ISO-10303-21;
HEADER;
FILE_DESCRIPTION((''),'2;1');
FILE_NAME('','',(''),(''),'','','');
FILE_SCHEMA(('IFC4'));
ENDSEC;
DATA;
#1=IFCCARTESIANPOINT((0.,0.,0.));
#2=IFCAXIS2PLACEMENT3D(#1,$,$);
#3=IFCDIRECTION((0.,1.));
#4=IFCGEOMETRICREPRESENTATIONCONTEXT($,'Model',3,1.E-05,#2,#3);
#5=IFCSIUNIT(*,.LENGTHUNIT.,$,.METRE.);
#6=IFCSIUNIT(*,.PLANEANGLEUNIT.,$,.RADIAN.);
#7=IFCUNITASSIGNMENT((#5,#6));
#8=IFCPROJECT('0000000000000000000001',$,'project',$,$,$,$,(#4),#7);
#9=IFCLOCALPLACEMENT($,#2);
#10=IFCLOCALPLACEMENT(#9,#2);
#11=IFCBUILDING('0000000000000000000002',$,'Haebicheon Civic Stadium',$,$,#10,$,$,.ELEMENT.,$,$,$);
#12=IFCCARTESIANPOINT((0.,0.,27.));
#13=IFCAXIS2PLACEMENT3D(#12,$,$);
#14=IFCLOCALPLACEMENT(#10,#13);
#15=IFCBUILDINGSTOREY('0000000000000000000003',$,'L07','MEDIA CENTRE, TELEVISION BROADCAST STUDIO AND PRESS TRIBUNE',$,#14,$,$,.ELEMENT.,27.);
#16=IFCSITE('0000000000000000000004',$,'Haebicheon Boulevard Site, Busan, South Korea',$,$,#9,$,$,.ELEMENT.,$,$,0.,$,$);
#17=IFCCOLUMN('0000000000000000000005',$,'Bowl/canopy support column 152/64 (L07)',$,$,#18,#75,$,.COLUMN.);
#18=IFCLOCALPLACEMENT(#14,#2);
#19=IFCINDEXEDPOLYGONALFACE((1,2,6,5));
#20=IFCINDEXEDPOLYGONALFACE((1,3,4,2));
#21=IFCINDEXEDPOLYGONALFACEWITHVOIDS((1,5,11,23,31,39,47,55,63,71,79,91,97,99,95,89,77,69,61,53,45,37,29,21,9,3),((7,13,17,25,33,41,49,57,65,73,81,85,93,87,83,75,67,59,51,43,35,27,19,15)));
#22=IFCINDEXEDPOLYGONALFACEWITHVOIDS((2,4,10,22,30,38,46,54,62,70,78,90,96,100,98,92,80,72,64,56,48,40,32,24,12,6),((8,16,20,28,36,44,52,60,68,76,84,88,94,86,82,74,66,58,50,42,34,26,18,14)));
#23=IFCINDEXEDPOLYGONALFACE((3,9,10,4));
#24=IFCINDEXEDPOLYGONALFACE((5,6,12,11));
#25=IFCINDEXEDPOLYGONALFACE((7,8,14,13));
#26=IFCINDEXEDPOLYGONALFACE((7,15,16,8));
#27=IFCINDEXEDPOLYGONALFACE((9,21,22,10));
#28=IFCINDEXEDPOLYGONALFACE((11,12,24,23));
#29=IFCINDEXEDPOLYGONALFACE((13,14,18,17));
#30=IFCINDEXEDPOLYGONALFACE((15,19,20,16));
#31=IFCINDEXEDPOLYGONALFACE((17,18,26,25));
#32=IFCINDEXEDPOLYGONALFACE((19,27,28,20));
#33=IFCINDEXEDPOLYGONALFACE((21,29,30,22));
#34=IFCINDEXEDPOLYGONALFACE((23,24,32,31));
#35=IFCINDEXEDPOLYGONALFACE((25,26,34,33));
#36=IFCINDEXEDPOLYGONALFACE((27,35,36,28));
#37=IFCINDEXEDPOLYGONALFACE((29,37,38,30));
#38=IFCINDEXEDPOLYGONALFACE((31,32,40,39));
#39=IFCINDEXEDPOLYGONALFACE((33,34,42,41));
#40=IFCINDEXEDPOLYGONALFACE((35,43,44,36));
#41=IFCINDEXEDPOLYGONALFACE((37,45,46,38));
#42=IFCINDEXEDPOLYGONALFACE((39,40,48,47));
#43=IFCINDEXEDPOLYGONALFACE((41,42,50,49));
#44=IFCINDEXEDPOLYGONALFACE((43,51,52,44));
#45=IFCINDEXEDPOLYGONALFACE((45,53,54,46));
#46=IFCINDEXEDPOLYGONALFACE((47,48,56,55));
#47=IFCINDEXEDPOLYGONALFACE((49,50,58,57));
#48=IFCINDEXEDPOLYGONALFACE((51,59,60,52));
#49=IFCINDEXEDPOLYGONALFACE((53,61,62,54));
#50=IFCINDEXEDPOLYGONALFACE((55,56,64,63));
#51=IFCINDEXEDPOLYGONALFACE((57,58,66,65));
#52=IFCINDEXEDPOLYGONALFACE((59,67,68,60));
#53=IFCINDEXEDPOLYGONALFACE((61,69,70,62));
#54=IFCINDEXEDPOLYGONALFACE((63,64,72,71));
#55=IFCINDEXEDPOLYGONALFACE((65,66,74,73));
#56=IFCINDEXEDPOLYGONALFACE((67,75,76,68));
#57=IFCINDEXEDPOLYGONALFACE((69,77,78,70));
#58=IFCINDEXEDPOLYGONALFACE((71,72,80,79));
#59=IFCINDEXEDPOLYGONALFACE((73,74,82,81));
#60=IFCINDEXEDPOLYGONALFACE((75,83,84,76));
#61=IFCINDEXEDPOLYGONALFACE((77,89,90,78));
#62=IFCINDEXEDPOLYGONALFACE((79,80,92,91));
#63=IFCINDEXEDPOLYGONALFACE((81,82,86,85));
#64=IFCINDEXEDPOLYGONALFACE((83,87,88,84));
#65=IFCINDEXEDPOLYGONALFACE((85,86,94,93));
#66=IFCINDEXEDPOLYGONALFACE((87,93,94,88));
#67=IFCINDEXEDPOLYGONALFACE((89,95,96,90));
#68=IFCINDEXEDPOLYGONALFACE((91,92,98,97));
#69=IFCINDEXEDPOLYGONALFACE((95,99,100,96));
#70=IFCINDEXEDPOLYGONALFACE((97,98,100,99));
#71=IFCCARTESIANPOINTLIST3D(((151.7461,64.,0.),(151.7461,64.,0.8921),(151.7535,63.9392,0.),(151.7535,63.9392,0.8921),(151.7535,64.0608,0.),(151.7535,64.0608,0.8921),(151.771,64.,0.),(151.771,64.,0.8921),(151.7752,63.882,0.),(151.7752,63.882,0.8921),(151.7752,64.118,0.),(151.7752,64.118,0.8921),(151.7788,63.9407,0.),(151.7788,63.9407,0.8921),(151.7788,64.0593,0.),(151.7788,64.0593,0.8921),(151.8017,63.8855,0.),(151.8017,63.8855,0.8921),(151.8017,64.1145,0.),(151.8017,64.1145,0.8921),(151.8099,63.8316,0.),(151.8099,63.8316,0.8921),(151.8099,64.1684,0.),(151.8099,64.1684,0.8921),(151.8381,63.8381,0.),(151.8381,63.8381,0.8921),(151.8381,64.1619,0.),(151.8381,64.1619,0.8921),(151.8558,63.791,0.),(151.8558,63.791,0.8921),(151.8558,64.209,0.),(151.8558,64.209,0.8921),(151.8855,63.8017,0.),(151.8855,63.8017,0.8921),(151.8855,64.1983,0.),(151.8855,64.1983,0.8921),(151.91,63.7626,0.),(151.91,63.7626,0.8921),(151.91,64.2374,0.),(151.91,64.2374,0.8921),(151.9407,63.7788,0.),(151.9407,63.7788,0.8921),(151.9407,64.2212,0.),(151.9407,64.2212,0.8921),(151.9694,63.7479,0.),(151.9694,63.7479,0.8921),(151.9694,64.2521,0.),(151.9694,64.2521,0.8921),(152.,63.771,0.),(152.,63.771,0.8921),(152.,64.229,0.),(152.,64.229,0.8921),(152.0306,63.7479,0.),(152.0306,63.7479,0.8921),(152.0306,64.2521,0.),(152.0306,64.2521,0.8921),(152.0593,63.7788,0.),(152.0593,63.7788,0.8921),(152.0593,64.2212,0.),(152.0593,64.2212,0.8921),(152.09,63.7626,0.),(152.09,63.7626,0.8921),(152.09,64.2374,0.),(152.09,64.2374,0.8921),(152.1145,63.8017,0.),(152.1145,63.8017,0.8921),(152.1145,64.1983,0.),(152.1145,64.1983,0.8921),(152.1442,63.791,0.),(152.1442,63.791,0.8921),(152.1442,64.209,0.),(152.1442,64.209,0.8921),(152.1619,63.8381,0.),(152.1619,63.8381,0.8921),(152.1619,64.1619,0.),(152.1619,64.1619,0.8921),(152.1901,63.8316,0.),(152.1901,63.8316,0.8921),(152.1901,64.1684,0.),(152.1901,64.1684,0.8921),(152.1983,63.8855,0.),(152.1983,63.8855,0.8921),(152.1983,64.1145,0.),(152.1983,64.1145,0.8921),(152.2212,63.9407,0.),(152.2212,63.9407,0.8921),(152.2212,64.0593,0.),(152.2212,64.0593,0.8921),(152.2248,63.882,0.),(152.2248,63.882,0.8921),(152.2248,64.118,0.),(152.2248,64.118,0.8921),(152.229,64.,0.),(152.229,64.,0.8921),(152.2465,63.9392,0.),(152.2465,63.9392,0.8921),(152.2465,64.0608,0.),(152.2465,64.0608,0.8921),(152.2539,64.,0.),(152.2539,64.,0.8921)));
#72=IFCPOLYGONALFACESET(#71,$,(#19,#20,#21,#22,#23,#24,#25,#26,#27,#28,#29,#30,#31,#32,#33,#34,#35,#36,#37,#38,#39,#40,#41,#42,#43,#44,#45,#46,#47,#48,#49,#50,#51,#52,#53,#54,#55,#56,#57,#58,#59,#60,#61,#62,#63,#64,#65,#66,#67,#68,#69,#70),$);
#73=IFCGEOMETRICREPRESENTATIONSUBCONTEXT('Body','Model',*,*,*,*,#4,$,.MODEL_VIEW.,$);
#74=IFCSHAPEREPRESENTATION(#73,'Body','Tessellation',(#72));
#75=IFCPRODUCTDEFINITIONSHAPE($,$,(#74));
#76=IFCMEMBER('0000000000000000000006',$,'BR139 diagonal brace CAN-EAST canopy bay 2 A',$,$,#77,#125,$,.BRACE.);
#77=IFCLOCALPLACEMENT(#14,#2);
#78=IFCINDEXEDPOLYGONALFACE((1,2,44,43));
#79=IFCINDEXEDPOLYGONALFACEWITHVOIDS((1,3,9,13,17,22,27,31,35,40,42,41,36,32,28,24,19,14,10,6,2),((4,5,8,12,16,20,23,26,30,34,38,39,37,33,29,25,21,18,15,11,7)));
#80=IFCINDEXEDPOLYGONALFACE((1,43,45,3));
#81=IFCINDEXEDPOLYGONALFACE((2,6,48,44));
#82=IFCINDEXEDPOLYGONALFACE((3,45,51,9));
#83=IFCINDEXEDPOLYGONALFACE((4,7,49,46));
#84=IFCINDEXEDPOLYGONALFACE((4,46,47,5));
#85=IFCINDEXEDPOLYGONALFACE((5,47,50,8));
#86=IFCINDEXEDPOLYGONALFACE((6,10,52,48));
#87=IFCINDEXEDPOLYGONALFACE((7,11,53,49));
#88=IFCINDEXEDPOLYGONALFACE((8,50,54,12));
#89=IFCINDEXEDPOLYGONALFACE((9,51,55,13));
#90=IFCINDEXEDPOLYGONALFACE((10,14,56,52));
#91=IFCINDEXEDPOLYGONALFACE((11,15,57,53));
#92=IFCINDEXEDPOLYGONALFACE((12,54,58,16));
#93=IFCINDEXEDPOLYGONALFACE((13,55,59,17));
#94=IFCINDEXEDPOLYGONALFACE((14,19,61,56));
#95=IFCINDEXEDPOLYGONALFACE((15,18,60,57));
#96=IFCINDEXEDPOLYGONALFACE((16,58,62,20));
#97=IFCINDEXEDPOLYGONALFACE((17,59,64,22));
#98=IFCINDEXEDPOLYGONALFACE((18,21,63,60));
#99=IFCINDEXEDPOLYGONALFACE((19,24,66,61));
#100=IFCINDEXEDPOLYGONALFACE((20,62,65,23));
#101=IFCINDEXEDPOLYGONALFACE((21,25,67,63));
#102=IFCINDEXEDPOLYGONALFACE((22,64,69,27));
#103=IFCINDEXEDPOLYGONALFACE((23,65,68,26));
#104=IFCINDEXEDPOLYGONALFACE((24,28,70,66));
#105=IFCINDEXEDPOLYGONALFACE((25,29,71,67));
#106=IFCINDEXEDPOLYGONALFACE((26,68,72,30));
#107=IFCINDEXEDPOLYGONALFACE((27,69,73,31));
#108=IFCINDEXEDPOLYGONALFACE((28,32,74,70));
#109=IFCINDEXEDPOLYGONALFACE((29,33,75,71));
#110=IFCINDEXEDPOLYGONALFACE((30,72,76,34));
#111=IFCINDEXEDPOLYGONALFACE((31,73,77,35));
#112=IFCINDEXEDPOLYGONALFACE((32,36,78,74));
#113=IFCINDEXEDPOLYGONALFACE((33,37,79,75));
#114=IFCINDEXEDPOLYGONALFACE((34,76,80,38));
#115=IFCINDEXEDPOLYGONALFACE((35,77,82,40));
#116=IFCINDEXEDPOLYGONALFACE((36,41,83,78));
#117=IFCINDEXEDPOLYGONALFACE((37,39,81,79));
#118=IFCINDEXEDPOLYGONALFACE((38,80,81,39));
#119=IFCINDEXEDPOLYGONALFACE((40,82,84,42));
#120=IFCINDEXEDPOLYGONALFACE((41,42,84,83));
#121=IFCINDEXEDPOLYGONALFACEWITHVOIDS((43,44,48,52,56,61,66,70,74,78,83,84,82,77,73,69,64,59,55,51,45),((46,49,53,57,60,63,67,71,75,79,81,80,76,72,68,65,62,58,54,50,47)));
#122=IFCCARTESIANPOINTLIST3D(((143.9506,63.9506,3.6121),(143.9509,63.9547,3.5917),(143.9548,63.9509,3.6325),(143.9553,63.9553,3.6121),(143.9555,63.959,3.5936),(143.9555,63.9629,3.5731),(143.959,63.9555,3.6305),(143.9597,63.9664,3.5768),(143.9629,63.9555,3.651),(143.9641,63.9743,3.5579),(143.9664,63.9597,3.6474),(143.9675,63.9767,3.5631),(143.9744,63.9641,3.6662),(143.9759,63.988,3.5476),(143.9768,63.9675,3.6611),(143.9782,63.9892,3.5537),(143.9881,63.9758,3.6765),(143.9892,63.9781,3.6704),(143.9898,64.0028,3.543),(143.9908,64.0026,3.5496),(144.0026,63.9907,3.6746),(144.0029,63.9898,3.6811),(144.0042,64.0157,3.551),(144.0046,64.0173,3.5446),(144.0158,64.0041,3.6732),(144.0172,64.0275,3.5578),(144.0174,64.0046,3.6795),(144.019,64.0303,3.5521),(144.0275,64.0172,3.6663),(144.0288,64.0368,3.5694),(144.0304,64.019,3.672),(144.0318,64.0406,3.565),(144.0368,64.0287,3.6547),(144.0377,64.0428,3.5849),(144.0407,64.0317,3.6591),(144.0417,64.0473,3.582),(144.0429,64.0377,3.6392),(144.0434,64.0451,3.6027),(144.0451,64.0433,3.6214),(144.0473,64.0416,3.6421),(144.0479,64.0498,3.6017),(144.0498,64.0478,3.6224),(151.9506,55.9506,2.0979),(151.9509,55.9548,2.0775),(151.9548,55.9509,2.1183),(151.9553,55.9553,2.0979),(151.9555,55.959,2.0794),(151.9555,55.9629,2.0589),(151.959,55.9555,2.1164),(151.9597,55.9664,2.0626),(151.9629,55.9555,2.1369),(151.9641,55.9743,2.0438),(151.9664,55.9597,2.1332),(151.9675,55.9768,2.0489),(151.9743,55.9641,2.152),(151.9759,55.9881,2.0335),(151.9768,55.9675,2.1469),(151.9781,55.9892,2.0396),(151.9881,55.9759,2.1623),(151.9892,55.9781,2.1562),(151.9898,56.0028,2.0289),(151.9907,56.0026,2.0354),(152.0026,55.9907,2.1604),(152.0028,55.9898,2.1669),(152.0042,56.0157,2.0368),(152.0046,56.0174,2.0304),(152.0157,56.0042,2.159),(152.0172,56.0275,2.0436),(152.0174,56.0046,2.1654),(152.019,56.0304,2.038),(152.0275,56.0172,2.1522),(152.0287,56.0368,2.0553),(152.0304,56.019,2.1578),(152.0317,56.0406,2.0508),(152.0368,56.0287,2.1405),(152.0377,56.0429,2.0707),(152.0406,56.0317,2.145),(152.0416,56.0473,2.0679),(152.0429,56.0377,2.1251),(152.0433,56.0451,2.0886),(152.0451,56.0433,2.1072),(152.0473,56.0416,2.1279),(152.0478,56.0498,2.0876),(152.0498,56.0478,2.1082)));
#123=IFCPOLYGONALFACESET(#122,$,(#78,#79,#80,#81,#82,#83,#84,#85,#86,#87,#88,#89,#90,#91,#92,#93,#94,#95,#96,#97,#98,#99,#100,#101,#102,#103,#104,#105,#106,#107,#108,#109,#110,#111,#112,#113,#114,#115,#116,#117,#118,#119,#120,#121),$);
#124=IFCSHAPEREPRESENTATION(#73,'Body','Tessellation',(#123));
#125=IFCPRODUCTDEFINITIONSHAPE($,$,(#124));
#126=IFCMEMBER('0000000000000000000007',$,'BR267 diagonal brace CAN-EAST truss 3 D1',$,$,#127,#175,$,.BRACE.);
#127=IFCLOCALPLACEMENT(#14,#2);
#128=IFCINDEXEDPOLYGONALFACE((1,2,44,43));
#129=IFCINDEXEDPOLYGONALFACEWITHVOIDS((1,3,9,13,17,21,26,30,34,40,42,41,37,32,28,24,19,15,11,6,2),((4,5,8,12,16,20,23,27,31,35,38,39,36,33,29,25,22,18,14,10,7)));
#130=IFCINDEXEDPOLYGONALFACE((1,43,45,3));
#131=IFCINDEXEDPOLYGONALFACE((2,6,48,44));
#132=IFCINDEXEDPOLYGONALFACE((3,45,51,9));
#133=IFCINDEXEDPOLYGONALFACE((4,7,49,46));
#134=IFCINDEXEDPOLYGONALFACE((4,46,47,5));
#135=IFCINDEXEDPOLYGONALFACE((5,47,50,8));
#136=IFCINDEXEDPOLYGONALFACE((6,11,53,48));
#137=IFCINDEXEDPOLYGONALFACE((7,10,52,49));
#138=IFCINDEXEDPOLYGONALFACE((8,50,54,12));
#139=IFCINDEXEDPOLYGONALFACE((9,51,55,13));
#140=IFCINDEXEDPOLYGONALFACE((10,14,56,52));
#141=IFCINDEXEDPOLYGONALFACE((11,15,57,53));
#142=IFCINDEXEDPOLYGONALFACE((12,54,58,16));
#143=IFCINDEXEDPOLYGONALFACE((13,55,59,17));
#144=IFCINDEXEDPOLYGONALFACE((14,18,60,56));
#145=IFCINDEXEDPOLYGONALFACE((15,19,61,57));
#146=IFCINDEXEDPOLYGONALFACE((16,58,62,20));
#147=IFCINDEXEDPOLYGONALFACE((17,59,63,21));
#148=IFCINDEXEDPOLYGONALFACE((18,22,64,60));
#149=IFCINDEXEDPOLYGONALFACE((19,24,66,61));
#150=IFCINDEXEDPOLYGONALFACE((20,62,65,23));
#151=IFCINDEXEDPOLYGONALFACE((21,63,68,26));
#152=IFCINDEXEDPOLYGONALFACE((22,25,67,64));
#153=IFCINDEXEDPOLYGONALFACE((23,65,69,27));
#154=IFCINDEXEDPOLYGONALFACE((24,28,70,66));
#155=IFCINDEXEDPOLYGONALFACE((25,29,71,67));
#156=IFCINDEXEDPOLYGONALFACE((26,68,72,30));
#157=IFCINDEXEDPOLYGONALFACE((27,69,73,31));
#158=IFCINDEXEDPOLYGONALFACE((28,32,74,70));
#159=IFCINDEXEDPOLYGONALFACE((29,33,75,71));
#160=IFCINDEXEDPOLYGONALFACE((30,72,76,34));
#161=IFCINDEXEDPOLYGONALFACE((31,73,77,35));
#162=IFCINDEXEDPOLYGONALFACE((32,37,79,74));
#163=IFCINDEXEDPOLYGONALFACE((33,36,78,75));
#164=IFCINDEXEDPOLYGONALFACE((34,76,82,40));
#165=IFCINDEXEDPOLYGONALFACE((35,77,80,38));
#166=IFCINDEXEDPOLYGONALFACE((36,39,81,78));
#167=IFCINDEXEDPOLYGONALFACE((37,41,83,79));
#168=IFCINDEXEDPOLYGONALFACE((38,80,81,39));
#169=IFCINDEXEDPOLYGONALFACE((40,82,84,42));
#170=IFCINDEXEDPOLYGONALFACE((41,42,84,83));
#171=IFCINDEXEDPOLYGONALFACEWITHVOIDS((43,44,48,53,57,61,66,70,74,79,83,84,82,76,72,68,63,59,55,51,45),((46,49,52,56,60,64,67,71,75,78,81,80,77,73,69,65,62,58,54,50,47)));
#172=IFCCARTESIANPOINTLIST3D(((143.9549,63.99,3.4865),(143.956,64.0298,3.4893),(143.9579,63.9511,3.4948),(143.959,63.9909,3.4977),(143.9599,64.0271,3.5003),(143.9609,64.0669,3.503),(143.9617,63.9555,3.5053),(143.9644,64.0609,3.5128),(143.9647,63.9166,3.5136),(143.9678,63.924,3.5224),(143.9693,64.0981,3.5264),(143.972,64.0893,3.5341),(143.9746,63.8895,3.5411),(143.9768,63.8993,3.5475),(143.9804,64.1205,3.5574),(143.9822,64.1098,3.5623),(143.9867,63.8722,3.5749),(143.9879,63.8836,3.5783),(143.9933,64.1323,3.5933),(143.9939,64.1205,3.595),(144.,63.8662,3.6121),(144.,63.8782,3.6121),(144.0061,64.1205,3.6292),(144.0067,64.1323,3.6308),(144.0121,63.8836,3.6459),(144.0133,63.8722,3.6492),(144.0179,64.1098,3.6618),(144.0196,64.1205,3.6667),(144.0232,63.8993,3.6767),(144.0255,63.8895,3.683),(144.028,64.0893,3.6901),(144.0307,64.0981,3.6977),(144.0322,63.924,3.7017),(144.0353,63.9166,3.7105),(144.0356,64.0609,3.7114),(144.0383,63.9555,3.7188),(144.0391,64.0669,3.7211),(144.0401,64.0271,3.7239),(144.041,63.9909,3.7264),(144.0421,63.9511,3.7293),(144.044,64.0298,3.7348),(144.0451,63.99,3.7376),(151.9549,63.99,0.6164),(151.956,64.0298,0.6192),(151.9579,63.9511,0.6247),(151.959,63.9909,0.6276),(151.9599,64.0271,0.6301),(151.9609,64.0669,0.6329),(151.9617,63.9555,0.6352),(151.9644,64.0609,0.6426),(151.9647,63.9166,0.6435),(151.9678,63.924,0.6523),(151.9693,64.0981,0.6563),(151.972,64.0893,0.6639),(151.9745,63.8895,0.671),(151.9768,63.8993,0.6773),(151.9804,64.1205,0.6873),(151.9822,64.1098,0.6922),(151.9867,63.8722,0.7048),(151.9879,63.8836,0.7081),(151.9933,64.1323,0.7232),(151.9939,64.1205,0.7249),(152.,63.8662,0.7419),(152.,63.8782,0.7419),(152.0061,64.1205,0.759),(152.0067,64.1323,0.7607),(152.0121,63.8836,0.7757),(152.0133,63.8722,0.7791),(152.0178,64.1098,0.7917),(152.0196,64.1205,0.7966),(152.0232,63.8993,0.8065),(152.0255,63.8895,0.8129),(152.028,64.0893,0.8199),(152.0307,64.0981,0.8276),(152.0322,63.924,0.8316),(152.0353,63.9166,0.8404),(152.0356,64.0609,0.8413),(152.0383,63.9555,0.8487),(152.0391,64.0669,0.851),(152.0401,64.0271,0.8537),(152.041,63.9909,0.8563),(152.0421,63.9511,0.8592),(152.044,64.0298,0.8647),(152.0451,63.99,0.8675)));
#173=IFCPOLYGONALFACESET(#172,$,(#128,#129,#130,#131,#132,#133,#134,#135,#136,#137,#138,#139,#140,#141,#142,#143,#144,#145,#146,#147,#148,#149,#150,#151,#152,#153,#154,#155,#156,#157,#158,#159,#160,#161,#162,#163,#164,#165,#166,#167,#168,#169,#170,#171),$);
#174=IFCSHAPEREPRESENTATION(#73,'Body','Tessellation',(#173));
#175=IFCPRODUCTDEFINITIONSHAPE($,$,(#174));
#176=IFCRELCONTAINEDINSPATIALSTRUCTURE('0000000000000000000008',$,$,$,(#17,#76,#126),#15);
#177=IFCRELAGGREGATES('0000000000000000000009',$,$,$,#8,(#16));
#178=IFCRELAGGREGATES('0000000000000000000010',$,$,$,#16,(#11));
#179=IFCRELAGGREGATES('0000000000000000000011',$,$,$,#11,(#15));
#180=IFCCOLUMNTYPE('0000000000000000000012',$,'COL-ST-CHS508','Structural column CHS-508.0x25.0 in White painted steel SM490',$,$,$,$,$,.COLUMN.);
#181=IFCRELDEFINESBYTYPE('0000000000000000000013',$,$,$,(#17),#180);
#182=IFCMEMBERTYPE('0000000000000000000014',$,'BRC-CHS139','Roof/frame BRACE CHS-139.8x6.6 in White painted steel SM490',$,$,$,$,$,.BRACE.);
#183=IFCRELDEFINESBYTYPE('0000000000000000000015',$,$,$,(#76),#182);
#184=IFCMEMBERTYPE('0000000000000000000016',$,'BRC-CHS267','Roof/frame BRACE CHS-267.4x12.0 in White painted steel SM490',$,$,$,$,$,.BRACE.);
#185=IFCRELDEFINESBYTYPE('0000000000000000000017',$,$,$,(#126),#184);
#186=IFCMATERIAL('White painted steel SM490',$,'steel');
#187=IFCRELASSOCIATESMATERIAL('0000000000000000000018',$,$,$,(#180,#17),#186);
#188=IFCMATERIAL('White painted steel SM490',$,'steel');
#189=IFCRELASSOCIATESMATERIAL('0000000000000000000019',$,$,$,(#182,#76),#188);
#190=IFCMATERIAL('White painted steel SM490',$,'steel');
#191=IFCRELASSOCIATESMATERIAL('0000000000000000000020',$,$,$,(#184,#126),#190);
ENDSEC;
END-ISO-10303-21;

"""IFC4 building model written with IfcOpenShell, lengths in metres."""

from ifc_helpers import new_model, si_unit, direction, frame, origin, origin_2d, place, context, subcontext, project, spatial, hollow_circle, extrude, material, material_profile, profile_set, type_object, element, save


model = new_model("IFC4")

# Units and contexts
model_context = context("Model", 3, precision=1e-05, world=origin(), true_north=direction((0.0, 1.0)))
body_context = subcontext(model_context, "Body", "Model", "MODEL_VIEW")
ifc_project = project(units=[si_unit("LENGTHUNIT", "METRE"), si_unit("PLANEANGLEUNIT", "RADIAN")], contexts=[model_context])

# Site, building, storey
site_placement = place(None, origin())
site = spatial("IfcSite", under=ifc_project, at=site_placement, Name="Haebicheon Boulevard Site, Busan, South Korea", CompositionType="ELEMENT", RefElevation=0.0)
building_placement = place(site_placement, origin())
building = spatial("IfcBuilding", under=site, at=building_placement, Name="Haebicheon Civic Stadium", CompositionType="ELEMENT")
storey_placement = place(building_placement, frame((0.0, 0.0, 27.0)))
storey = spatial("IfcBuildingStorey", under=building, at=storey_placement, Name="L07", Description="MEDIA CENTRE, TELEVISION BROADCAST STUDIO AND PRESS TRIBUNE", CompositionType="ELEMENT", Elevation=27.0)

# Column
ifc_material_1 = material(Name="White painted steel SM490", Category="steel")
ifc_material_profile_1 = material_profile(ifc_material_1, hollow_circle(Radius=0.2539, WallThickness=0.0249, at=origin_2d()), Name="CHS-508.0x25.0")
ifc_profile_set_1 = profile_set([ifc_material_profile_1], Name="White painted steel SM490")
column_type = type_object("IfcColumnType", Name="COL-ST-CHS508", Description="Structural column CHS-508.0x25.0 in White painted steel SM490", PredefinedType="COLUMN", material=ifc_profile_set_1)
column_placement = place(storey_placement, frame((152.0, 64.0, 0.0), z_axis=(0.0, 0.0, 1.0), x_axis=(1.0, 0.0, 0.0)))
element("IfcColumn", 1, at=column_placement, inside=storey, type_object=column_type, material=ifc_profile_set_1, Name="Bowl/canopy support column 152/64 (L07)", PredefinedType="COLUMN", context=body_context, shape_type="SweptSolid", body=[
    extrude(hollow_circle(Radius=0.2539, WallThickness=0.0249, at=origin_2d()), origin(), (0.0, 0.0, 1.0), 0.8921),
])

# Members
ifc_material_2 = material(Name="White painted steel SM490", Category="steel")
ifc_material_profile_2 = material_profile(ifc_material_2, hollow_circle(Radius=0.0698, WallThickness=0.0066, at=origin_2d()), Name="CHS-139.8x6.6")
ifc_profile_set_2 = profile_set([ifc_material_profile_2], Name="White painted steel SM490")
member_type_1 = type_object("IfcMemberType", Name="BRC-CHS139", Description="Roof/frame BRACE CHS-139.8x6.6 in White painted steel SM490", PredefinedType="BRACE", material=ifc_profile_set_2)
member_1_placement = place(storey_placement, frame((152.0, 56.0, 2.0979), z_axis=(-0.700858, 0.700858, 0.132651), x_axis=(-0.707107, -0.707107, 0.0)))
element("IfcMember", 2, at=member_1_placement, inside=storey, type_object=member_type_1, material=ifc_profile_set_2, Name="BR139 diagonal brace CAN-EAST canopy bay 2 A", PredefinedType="BRACE", context=body_context, shape_type="SweptSolid", body=[
    extrude(hollow_circle(Radius=0.0698, WallThickness=0.0066, at=origin_2d()), origin(), (0.0, 0.0, 1.0), 11.4146),
])
ifc_material_3 = material(Name="White painted steel SM490", Category="steel")
ifc_material_profile_3 = material_profile(ifc_material_3, hollow_circle(Radius=0.1338, WallThickness=0.012, at=origin_2d()), Name="CHS-267.4x12.0")
ifc_profile_set_3 = profile_set([ifc_material_profile_3], Name="White painted steel SM490")
member_type_2 = type_object("IfcMemberType", Name="BRC-CHS267", Description="Roof/frame BRACE CHS-267.4x12.0 in White painted steel SM490", PredefinedType="BRACE", material=ifc_profile_set_3)
member_2_placement = place(storey_placement, frame((152.0, 64.0, 0.7419), z_axis=(-0.941257, 0.0, 0.33769), x_axis=(0.0, -1.0, 0.0)))
element("IfcMember", 3, at=member_2_placement, inside=storey, type_object=member_type_2, material=ifc_profile_set_3, Name="BR267 diagonal brace CAN-EAST truss 3 D1", PredefinedType="BRACE", context=body_context, shape_type="SweptSolid", body=[
    extrude(hollow_circle(Radius=0.1338, WallThickness=0.012, at=origin_2d()), origin(), (0.0, 0.0, 1.0), 8.4993),
])

save(model, "model.ifc")
